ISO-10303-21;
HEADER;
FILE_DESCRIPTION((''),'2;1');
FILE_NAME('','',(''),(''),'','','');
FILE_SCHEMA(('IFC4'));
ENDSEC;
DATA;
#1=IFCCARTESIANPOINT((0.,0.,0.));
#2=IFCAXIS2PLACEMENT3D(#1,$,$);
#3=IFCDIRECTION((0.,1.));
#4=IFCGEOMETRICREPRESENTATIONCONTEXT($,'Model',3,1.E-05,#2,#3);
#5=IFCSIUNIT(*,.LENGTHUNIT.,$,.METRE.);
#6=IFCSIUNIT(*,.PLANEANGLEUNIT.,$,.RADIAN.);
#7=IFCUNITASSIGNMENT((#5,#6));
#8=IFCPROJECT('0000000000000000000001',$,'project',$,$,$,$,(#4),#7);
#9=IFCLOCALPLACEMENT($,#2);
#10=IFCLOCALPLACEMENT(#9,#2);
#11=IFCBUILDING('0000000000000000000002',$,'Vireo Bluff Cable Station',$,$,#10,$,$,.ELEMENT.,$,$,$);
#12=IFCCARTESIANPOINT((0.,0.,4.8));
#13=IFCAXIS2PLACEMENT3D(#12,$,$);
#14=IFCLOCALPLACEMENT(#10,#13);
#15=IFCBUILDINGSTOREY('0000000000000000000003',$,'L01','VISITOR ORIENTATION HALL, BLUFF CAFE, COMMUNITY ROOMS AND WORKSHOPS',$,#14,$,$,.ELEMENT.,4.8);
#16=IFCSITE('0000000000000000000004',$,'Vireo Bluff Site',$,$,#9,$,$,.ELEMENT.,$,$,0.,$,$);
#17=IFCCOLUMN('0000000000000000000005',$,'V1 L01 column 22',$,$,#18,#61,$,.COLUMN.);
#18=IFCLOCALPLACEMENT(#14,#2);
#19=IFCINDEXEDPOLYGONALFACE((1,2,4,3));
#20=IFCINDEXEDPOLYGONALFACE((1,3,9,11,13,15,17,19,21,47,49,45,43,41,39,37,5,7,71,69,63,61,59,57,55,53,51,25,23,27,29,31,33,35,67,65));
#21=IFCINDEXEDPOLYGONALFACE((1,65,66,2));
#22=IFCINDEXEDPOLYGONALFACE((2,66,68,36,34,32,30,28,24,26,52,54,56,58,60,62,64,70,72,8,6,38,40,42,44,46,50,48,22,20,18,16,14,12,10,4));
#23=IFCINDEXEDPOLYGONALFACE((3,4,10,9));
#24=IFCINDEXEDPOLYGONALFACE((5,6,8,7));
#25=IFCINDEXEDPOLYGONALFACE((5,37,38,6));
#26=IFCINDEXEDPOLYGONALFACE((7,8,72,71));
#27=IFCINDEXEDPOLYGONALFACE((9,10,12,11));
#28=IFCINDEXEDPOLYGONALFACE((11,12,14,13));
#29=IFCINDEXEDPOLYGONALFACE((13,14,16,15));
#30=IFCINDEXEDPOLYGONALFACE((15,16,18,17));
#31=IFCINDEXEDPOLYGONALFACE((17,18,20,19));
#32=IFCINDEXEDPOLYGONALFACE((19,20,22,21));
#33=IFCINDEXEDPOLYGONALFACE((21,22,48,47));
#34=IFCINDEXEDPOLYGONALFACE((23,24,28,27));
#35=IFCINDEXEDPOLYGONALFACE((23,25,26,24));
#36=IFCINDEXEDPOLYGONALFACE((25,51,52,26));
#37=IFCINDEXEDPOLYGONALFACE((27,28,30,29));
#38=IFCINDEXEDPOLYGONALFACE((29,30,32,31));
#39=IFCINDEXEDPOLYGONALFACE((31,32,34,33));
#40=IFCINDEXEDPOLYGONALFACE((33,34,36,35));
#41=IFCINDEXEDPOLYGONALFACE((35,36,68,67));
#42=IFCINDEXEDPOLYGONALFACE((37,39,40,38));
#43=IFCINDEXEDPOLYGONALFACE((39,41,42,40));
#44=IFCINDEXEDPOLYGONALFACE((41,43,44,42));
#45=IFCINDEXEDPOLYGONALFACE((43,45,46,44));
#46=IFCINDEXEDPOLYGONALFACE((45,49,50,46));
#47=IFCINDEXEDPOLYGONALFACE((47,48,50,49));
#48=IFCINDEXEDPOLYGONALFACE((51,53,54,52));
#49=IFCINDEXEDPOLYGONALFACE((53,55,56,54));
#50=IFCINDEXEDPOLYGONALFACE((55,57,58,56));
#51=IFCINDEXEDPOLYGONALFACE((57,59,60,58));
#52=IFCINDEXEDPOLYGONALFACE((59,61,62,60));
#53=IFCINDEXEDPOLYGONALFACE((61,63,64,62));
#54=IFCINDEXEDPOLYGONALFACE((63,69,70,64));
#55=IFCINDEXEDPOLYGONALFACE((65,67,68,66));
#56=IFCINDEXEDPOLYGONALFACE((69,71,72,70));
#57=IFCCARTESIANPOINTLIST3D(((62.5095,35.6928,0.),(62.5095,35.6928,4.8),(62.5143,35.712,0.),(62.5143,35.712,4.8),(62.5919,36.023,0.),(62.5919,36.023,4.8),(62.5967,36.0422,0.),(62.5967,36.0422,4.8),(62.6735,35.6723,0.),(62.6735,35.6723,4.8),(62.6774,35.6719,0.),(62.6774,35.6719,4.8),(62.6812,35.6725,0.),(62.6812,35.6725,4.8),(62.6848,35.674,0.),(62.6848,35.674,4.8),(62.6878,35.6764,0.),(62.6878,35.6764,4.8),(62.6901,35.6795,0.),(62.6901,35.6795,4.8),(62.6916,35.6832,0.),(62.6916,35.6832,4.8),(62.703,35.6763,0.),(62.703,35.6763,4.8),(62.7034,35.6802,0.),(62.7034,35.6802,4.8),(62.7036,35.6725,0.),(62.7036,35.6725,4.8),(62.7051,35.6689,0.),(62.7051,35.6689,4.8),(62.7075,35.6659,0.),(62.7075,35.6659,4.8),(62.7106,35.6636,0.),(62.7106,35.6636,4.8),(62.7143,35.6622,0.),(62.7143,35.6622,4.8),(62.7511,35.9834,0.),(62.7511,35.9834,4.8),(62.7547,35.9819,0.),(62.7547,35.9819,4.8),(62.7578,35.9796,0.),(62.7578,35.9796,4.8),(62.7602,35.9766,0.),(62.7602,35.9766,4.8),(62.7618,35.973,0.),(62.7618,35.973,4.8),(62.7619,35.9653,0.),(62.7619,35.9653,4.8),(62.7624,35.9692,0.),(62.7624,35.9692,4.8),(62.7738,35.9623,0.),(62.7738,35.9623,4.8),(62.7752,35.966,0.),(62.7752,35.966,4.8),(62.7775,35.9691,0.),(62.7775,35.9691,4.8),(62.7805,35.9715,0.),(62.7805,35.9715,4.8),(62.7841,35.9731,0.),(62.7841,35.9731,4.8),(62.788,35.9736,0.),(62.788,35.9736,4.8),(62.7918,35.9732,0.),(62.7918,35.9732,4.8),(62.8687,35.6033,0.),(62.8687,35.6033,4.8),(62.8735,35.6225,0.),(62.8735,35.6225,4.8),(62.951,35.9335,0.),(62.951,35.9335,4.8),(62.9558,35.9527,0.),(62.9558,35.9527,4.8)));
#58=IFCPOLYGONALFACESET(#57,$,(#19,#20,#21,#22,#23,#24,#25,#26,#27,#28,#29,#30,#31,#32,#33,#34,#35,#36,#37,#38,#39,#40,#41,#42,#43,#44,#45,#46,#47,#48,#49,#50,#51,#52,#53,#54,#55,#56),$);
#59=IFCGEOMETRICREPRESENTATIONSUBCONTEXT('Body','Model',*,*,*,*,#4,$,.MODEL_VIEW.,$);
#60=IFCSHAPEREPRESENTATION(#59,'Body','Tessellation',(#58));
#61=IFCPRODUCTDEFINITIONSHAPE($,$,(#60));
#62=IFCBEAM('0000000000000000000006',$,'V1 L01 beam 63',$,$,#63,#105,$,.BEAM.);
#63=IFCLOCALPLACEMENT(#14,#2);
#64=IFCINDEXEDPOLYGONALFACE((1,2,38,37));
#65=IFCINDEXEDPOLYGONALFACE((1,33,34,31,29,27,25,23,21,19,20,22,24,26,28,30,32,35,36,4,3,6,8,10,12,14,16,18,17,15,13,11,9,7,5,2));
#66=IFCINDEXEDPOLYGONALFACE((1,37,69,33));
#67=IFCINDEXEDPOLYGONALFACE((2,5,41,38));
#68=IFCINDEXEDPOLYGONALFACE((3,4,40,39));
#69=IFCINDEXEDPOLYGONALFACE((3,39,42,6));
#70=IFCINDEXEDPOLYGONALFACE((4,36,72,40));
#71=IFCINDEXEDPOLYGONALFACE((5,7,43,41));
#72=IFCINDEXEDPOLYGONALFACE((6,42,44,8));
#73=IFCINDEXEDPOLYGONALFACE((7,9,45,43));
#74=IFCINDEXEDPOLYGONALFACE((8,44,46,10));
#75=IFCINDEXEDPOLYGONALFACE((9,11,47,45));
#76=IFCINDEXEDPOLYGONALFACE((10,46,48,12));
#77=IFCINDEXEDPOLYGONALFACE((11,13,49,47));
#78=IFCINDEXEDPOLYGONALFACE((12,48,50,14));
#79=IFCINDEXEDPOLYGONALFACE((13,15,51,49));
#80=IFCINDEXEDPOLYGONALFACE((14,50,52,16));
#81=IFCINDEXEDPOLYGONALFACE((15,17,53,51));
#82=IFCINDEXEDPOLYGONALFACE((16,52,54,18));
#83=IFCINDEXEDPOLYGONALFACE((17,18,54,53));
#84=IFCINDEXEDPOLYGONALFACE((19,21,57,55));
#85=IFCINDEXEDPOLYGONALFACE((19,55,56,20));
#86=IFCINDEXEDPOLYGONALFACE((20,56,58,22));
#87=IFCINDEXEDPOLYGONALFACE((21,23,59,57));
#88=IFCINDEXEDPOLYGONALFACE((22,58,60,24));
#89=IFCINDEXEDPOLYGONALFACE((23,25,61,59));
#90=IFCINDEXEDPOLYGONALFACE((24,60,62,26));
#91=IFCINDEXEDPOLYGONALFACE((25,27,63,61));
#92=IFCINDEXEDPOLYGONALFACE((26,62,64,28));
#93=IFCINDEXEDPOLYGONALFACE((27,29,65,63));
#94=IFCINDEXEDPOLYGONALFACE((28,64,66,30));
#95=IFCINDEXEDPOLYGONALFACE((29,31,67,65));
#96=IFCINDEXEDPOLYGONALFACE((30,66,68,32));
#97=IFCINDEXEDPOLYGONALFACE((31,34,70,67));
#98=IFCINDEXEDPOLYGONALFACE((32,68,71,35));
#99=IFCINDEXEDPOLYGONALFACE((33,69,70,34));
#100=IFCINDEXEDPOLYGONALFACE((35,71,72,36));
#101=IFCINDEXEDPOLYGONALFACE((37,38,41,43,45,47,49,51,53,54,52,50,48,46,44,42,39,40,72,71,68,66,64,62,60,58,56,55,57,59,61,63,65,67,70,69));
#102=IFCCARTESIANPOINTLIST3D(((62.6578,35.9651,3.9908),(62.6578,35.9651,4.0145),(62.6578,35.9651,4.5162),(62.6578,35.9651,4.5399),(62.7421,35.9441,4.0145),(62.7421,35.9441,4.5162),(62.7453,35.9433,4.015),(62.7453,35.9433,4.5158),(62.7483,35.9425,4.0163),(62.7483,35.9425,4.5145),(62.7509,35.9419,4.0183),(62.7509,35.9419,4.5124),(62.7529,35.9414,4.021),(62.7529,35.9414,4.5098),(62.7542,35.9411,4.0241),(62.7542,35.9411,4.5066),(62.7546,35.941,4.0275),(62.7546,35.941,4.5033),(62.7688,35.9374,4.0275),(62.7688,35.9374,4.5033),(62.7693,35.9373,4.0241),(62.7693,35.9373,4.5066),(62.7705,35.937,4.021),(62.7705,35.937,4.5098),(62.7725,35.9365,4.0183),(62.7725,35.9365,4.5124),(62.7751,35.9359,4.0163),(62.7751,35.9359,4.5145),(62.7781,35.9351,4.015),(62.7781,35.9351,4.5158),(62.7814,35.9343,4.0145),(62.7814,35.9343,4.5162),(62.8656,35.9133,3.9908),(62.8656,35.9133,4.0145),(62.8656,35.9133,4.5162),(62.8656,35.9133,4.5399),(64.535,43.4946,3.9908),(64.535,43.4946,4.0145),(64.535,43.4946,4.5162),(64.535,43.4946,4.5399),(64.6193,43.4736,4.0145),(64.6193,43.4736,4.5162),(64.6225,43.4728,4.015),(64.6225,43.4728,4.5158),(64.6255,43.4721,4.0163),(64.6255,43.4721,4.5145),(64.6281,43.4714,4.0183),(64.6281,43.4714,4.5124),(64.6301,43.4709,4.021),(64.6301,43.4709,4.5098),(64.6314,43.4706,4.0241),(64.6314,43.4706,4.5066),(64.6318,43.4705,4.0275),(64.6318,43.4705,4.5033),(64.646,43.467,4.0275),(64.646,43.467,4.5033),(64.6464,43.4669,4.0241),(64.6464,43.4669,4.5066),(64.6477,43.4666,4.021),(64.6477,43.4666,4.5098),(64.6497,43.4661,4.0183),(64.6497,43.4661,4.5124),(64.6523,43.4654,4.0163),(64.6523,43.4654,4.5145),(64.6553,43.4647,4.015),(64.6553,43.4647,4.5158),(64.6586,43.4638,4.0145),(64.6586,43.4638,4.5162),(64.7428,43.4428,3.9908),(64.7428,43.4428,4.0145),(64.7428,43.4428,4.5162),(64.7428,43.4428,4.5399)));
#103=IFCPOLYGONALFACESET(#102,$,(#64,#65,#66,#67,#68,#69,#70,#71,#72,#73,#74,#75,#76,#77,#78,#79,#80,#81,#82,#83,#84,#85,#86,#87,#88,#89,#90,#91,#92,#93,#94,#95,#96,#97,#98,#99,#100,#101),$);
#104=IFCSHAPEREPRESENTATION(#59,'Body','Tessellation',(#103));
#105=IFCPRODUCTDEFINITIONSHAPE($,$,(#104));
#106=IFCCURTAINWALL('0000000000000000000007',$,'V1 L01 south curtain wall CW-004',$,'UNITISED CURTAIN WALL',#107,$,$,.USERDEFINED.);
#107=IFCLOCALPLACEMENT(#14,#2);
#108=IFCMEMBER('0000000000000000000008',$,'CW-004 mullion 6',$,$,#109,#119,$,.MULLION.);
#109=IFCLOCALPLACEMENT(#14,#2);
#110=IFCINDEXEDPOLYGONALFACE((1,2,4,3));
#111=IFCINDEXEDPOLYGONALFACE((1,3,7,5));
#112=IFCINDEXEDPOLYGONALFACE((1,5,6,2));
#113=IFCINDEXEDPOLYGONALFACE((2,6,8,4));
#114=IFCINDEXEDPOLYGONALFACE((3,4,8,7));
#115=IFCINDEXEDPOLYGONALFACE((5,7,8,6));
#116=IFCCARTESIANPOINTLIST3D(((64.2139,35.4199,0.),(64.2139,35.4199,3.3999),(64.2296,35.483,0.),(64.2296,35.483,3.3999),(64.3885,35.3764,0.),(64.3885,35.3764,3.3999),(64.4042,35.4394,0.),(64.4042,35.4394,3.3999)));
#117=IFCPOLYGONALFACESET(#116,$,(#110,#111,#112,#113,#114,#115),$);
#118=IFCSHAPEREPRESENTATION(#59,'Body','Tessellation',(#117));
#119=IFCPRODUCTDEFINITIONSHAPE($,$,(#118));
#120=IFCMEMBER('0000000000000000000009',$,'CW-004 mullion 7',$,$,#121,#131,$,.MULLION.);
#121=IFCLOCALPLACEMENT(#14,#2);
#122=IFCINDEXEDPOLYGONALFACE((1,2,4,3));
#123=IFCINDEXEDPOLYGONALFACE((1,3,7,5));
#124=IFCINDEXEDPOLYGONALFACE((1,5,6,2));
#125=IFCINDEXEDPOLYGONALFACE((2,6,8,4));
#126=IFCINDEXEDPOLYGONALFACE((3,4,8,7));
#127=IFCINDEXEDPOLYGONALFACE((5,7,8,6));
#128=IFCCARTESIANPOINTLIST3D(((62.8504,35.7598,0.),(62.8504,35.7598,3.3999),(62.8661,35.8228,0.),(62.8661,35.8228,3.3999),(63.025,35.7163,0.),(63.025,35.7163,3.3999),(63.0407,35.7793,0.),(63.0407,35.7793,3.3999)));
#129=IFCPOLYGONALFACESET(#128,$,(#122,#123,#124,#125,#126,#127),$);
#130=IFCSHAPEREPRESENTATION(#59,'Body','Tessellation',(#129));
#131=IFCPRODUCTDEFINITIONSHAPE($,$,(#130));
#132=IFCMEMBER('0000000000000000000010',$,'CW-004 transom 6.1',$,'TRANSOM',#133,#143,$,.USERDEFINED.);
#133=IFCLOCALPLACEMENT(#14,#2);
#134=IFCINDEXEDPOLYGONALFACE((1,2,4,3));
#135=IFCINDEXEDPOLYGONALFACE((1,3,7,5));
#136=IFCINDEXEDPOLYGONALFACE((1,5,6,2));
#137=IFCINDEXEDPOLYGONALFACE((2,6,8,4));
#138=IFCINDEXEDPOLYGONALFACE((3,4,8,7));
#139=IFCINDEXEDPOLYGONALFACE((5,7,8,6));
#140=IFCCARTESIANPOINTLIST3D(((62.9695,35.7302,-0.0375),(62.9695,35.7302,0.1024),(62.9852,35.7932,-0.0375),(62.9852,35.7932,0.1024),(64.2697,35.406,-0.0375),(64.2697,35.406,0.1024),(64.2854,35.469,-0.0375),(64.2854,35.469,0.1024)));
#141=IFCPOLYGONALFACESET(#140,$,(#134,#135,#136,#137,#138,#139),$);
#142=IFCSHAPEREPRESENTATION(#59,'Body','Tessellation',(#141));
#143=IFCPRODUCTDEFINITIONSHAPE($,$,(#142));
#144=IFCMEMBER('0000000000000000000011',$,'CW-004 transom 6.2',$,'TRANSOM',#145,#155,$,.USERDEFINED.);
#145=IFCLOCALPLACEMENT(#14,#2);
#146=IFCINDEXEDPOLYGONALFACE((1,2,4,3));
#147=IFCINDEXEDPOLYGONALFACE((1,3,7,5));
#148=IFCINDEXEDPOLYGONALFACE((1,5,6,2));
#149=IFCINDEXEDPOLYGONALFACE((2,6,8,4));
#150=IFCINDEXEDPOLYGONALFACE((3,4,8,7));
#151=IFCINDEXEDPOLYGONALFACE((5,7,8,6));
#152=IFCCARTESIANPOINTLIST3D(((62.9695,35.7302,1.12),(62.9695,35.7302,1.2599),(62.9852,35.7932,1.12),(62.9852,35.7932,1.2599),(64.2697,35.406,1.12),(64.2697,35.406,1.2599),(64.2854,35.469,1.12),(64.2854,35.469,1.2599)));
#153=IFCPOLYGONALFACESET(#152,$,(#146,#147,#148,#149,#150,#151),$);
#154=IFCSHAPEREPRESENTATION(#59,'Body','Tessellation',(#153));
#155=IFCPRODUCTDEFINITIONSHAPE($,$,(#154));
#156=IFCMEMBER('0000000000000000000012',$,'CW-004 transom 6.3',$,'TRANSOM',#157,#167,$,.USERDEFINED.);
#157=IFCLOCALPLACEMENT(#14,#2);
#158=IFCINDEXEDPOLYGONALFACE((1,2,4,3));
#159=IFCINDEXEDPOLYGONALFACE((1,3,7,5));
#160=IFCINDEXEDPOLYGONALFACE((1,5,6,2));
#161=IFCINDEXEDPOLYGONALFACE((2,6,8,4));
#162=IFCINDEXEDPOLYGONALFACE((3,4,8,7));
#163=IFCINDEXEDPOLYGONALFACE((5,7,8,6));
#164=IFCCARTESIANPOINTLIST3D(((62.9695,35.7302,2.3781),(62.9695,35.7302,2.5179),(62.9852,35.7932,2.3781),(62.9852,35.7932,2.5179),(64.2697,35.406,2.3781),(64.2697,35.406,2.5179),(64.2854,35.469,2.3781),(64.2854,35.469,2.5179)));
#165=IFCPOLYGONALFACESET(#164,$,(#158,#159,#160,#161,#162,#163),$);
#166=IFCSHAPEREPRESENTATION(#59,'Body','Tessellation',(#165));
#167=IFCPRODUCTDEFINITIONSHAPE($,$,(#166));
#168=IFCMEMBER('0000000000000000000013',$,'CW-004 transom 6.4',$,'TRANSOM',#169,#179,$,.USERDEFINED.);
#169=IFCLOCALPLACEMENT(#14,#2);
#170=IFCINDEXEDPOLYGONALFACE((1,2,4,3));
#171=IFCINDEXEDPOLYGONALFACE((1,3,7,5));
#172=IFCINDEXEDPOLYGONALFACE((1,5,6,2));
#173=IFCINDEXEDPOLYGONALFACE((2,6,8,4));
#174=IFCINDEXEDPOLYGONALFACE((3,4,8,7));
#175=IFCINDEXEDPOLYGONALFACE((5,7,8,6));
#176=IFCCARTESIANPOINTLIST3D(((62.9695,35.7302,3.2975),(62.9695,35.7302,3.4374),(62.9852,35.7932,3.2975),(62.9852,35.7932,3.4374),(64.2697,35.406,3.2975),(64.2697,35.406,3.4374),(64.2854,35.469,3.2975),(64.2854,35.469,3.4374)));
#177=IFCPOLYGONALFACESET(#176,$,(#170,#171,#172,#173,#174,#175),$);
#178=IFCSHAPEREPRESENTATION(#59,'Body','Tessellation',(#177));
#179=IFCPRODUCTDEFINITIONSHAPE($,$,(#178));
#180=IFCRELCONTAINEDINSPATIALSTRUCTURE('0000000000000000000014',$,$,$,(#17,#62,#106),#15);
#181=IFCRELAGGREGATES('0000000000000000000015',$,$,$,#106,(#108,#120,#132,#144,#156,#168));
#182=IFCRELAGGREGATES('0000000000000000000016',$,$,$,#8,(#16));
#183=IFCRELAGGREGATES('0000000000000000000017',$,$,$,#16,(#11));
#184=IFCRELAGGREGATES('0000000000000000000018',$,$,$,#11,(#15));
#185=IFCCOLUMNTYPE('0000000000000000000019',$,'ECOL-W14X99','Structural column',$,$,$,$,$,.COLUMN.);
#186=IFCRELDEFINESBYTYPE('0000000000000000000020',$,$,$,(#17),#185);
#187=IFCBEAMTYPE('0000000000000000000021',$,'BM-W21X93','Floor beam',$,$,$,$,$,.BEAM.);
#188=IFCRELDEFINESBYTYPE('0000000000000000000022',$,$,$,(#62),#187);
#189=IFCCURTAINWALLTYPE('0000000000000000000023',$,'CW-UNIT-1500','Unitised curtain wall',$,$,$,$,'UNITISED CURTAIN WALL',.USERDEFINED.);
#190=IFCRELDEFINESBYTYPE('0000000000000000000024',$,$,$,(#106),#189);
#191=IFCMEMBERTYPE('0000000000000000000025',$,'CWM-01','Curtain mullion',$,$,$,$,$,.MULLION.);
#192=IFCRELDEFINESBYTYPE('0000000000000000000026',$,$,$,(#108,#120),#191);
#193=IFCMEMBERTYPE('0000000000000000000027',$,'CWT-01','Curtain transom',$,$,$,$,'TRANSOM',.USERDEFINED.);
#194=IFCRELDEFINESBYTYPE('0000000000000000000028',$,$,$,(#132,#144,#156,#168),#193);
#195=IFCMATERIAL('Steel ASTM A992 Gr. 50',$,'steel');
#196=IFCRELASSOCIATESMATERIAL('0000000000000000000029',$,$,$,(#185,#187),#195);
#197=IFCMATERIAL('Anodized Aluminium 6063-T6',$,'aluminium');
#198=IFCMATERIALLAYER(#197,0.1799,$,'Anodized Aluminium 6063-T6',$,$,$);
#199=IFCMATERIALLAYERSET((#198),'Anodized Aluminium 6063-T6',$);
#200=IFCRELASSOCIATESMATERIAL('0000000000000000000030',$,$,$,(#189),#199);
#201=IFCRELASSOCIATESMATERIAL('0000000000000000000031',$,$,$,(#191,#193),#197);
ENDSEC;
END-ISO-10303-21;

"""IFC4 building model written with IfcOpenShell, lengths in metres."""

from ifc_helpers import new_model, si_unit, direction, frame, origin, origin_2d, place, context, subcontext, project, spatial, rectangle, i_section, extrude, material, layer, layer_set, material_profile, profile_set, type_object, element, aggregate, save


model = new_model("IFC4")

# Units and contexts
model_context = context("Model", 3, precision=1e-05, world=origin(), true_north=direction((0.0, 1.0)))
body_context = subcontext(model_context, "Body", "Model", "MODEL_VIEW")
ifc_project = project(units=[si_unit("LENGTHUNIT", "METRE"), si_unit("PLANEANGLEUNIT", "RADIAN")], contexts=[model_context])

# Site, building, storey
site_placement = place(None, origin())
site = spatial("IfcSite", under=ifc_project, at=site_placement, Name="Vireo Bluff Site", CompositionType="ELEMENT", RefElevation=0.0)
building_placement = place(site_placement, origin())
building = spatial("IfcBuilding", under=site, at=building_placement, Name="Vireo Bluff Cable Station", CompositionType="ELEMENT")
storey_placement = place(building_placement, frame((0.0, 0.0, 4.8)))
storey = spatial("IfcBuildingStorey", under=building, at=storey_placement, Name="L01", Description="VISITOR ORIENTATION HALL, BLUFF CAFE, COMMUNITY ROOMS AND WORKSHOPS", CompositionType="ELEMENT", Elevation=4.8)

# Column
ifc_material_1 = material(Name="Steel ASTM A992 Gr. 50", Category="steel")
ifc_material_profile_1 = material_profile(ifc_material_1, i_section(OverallWidth=0.3701, OverallDepth=0.3601, WebThickness=0.0122, FlangeThickness=0.0198, FilletRadius=0.0149, at=origin_2d()), Name="W14X99")
ifc_profile_set_1 = profile_set([ifc_material_profile_1], Name="Steel ASTM A992 Gr. 50")
column_type = type_object("IfcColumnType", Name="ECOL-W14X99", Description="Structural column", PredefinedType="COLUMN", material=ifc_profile_set_1)
column_placement = place(storey_placement, frame((62.7327, 35.8228, 0.0), z_axis=(0.0, 0.0, 1.0), x_axis=(0.970296, -0.241922, 0.0)))
element("IfcColumn", 1, at=column_placement, inside=storey, type_object=column_type, Name="V1 L01 column 22", PredefinedType="COLUMN", context=body_context, shape_type="SweptSolid", body=[
    extrude(i_section(OverallWidth=0.3701, OverallDepth=0.3601, WebThickness=0.0122, FlangeThickness=0.0198, FilletRadius=0.0149, at=origin_2d()), origin(), (0.0, 0.0, 1.0), 4.8),
])

# Beam
ifc_material_profile_2 = material_profile(ifc_material_1, i_section(OverallWidth=0.2141, OverallDepth=0.5491, WebThickness=0.0146, FlangeThickness=0.0237, FilletRadius=0.0129, at=origin_2d()), Name="W21X93")
ifc_profile_set_2 = profile_set([ifc_material_profile_2], Name="Steel ASTM A992 Gr. 50")
beam_type_1 = type_object("IfcBeamType", Name="BM-W21X93", Description="Floor beam", PredefinedType="BEAM", material=ifc_profile_set_2)
beam_1_placement = place(storey_placement, frame((62.7617, 35.9392, 4.2654), z_axis=(0.241906, 0.9703, 0.0), x_axis=(-0.9703, 0.241906, 0.0)))
element("IfcBeam", 2, at=beam_1_placement, inside=storey, type_object=beam_type_1, Name="V1 L01 beam 63", PredefinedType="BEAM", context=body_context, shape_type="SweptSolid", body=[
    extrude(i_section(OverallWidth=0.2141, OverallDepth=0.5491, WebThickness=0.0146, FlangeThickness=0.0237, FilletRadius=0.0129, at=origin_2d()), origin(), (0.0, 0.0, 1.0), 7.76),
])

# Curtain wall, members
ifc_material_2 = material(Name="Anodized Aluminium 6063-T6", Category="aluminium")
ifc_layer_1 = layer(ifc_material_2, 0.1799, Name="Anodized Aluminium 6063-T6")
ifc_layer_set_1 = layer_set([ifc_layer_1], Name="Anodized Aluminium 6063-T6")
curtain_wall_type = type_object("IfcCurtainWallType", Name="CW-UNIT-1500", Description="Unitised curtain wall", ElementType="UNITISED CURTAIN WALL", PredefinedType="USERDEFINED", material=ifc_layer_set_1)
curtain_wall_placement = place(storey_placement, origin())
curtain_wall = element("IfcCurtainWall", 3, at=curtain_wall_placement, inside=storey, type_object=curtain_wall_type, Name="V1 L01 south curtain wall CW-004", ObjectType="UNITISED CURTAIN WALL", PredefinedType="USERDEFINED")
ifc_material_profile_3 = material_profile(ifc_material_2, rectangle(XDim=0.0649, YDim=0.1799, at=origin_2d()), Name="ALU-M-65X180")
ifc_profile_set_3 = profile_set([ifc_material_profile_3], Name="Anodized Aluminium 6063-T6")
member_type_1 = type_object("IfcMemberType", Name="CWM-01", Description="Curtain mullion", PredefinedType="MULLION", material=ifc_profile_set_3)
member_1_placement = place(storey_placement, frame((64.3091, 35.4297, 0.0), z_axis=(0.0, 0.0, 1.0), x_axis=(-0.241922, -0.970296, 0.0)))
member_1 = element("IfcMember", 4, at=member_1_placement, type_object=member_type_1, Name="CW-004 mullion 6", PredefinedType="MULLION", context=body_context, shape_type="SweptSolid", body=[
    extrude(rectangle(XDim=0.0649, YDim=0.1799, at=origin_2d()), origin(), (0.0, 0.0, 1.0), 3.3999),
])
member_2_placement = place(storey_placement, frame((62.9456, 35.7695, 0.0), z_axis=(0.0, 0.0, 1.0), x_axis=(-0.241922, -0.970296, 0.0)))
member_2 = element("IfcMember", 5, at=member_2_placement, type_object=member_type_1, Name="CW-004 mullion 7", PredefinedType="MULLION", context=body_context, shape_type="SweptSolid", body=[
    extrude(rectangle(XDim=0.0649, YDim=0.1799, at=origin_2d()), origin(), (0.0, 0.0, 1.0), 3.3999),
])
ifc_material_profile_4 = material_profile(ifc_material_2, rectangle(XDim=0.0649, YDim=0.1399, at=origin_2d()), Name="ALU-T-65X140")
ifc_profile_set_4 = profile_set([ifc_material_profile_4], Name="Anodized Aluminium 6063-T6")
member_type_2 = type_object("IfcMemberType", Name="CWT-01", Description="Curtain transom", ElementType="TRANSOM", PredefinedType="USERDEFINED", material=ifc_profile_set_4)
member_3_placement = place(storey_placement, frame((64.2776, 35.4375, 0.0325), z_axis=(-0.970292, 0.241935, 0.0), x_axis=(-0.241935, -0.970292, 0.0)))
member_3 = element("IfcMember", 6, at=member_3_placement, type_object=member_type_2, Name="CW-004 transom 6.1", ObjectType="TRANSOM", PredefinedType="USERDEFINED", context=body_context, shape_type="SweptSolid", body=[
    extrude(rectangle(XDim=0.0649, YDim=0.1399, at=origin_2d()), origin(), (0.0, 0.0, 1.0), 1.3401),
])
member_4_placement = place(storey_placement, frame((64.2776, 35.4375, 1.1899), z_axis=(-0.970292, 0.241935, 0.0), x_axis=(-0.241935, -0.970292, 0.0)))
member_4 = element("IfcMember", 7, at=member_4_placement, type_object=member_type_2, Name="CW-004 transom 6.2", ObjectType="TRANSOM", PredefinedType="USERDEFINED", context=body_context, shape_type="SweptSolid", body=[
    extrude(rectangle(XDim=0.0649, YDim=0.1399, at=origin_2d()), origin(), (0.0, 0.0, 1.0), 1.3401),
])
member_5_placement = place(storey_placement, frame((64.2776, 35.4375, 2.448), z_axis=(-0.970292, 0.241935, 0.0), x_axis=(-0.241935, -0.970292, 0.0)))
member_5 = element("IfcMember", 8, at=member_5_placement, type_object=member_type_2, Name="CW-004 transom 6.3", ObjectType="TRANSOM", PredefinedType="USERDEFINED", context=body_context, shape_type="SweptSolid", body=[
    extrude(rectangle(XDim=0.0649, YDim=0.1399, at=origin_2d()), origin(), (0.0, 0.0, 1.0), 1.3401),
])
member_6_placement = place(storey_placement, frame((64.2776, 35.4375, 3.3674), z_axis=(-0.970292, 0.241935, 0.0), x_axis=(-0.241935, -0.970292, 0.0)))
member_6 = element("IfcMember", 9, at=member_6_placement, type_object=member_type_2, Name="CW-004 transom 6.4", ObjectType="TRANSOM", PredefinedType="USERDEFINED", context=body_context, shape_type="SweptSolid", body=[
    extrude(rectangle(XDim=0.0649, YDim=0.1399, at=origin_2d()), origin(), (0.0, 0.0, 1.0), 1.3401),
])

aggregate(curtain_wall, [member_1, member_2, member_3, member_4, member_5, member_6])

save(model, "model.ifc")
